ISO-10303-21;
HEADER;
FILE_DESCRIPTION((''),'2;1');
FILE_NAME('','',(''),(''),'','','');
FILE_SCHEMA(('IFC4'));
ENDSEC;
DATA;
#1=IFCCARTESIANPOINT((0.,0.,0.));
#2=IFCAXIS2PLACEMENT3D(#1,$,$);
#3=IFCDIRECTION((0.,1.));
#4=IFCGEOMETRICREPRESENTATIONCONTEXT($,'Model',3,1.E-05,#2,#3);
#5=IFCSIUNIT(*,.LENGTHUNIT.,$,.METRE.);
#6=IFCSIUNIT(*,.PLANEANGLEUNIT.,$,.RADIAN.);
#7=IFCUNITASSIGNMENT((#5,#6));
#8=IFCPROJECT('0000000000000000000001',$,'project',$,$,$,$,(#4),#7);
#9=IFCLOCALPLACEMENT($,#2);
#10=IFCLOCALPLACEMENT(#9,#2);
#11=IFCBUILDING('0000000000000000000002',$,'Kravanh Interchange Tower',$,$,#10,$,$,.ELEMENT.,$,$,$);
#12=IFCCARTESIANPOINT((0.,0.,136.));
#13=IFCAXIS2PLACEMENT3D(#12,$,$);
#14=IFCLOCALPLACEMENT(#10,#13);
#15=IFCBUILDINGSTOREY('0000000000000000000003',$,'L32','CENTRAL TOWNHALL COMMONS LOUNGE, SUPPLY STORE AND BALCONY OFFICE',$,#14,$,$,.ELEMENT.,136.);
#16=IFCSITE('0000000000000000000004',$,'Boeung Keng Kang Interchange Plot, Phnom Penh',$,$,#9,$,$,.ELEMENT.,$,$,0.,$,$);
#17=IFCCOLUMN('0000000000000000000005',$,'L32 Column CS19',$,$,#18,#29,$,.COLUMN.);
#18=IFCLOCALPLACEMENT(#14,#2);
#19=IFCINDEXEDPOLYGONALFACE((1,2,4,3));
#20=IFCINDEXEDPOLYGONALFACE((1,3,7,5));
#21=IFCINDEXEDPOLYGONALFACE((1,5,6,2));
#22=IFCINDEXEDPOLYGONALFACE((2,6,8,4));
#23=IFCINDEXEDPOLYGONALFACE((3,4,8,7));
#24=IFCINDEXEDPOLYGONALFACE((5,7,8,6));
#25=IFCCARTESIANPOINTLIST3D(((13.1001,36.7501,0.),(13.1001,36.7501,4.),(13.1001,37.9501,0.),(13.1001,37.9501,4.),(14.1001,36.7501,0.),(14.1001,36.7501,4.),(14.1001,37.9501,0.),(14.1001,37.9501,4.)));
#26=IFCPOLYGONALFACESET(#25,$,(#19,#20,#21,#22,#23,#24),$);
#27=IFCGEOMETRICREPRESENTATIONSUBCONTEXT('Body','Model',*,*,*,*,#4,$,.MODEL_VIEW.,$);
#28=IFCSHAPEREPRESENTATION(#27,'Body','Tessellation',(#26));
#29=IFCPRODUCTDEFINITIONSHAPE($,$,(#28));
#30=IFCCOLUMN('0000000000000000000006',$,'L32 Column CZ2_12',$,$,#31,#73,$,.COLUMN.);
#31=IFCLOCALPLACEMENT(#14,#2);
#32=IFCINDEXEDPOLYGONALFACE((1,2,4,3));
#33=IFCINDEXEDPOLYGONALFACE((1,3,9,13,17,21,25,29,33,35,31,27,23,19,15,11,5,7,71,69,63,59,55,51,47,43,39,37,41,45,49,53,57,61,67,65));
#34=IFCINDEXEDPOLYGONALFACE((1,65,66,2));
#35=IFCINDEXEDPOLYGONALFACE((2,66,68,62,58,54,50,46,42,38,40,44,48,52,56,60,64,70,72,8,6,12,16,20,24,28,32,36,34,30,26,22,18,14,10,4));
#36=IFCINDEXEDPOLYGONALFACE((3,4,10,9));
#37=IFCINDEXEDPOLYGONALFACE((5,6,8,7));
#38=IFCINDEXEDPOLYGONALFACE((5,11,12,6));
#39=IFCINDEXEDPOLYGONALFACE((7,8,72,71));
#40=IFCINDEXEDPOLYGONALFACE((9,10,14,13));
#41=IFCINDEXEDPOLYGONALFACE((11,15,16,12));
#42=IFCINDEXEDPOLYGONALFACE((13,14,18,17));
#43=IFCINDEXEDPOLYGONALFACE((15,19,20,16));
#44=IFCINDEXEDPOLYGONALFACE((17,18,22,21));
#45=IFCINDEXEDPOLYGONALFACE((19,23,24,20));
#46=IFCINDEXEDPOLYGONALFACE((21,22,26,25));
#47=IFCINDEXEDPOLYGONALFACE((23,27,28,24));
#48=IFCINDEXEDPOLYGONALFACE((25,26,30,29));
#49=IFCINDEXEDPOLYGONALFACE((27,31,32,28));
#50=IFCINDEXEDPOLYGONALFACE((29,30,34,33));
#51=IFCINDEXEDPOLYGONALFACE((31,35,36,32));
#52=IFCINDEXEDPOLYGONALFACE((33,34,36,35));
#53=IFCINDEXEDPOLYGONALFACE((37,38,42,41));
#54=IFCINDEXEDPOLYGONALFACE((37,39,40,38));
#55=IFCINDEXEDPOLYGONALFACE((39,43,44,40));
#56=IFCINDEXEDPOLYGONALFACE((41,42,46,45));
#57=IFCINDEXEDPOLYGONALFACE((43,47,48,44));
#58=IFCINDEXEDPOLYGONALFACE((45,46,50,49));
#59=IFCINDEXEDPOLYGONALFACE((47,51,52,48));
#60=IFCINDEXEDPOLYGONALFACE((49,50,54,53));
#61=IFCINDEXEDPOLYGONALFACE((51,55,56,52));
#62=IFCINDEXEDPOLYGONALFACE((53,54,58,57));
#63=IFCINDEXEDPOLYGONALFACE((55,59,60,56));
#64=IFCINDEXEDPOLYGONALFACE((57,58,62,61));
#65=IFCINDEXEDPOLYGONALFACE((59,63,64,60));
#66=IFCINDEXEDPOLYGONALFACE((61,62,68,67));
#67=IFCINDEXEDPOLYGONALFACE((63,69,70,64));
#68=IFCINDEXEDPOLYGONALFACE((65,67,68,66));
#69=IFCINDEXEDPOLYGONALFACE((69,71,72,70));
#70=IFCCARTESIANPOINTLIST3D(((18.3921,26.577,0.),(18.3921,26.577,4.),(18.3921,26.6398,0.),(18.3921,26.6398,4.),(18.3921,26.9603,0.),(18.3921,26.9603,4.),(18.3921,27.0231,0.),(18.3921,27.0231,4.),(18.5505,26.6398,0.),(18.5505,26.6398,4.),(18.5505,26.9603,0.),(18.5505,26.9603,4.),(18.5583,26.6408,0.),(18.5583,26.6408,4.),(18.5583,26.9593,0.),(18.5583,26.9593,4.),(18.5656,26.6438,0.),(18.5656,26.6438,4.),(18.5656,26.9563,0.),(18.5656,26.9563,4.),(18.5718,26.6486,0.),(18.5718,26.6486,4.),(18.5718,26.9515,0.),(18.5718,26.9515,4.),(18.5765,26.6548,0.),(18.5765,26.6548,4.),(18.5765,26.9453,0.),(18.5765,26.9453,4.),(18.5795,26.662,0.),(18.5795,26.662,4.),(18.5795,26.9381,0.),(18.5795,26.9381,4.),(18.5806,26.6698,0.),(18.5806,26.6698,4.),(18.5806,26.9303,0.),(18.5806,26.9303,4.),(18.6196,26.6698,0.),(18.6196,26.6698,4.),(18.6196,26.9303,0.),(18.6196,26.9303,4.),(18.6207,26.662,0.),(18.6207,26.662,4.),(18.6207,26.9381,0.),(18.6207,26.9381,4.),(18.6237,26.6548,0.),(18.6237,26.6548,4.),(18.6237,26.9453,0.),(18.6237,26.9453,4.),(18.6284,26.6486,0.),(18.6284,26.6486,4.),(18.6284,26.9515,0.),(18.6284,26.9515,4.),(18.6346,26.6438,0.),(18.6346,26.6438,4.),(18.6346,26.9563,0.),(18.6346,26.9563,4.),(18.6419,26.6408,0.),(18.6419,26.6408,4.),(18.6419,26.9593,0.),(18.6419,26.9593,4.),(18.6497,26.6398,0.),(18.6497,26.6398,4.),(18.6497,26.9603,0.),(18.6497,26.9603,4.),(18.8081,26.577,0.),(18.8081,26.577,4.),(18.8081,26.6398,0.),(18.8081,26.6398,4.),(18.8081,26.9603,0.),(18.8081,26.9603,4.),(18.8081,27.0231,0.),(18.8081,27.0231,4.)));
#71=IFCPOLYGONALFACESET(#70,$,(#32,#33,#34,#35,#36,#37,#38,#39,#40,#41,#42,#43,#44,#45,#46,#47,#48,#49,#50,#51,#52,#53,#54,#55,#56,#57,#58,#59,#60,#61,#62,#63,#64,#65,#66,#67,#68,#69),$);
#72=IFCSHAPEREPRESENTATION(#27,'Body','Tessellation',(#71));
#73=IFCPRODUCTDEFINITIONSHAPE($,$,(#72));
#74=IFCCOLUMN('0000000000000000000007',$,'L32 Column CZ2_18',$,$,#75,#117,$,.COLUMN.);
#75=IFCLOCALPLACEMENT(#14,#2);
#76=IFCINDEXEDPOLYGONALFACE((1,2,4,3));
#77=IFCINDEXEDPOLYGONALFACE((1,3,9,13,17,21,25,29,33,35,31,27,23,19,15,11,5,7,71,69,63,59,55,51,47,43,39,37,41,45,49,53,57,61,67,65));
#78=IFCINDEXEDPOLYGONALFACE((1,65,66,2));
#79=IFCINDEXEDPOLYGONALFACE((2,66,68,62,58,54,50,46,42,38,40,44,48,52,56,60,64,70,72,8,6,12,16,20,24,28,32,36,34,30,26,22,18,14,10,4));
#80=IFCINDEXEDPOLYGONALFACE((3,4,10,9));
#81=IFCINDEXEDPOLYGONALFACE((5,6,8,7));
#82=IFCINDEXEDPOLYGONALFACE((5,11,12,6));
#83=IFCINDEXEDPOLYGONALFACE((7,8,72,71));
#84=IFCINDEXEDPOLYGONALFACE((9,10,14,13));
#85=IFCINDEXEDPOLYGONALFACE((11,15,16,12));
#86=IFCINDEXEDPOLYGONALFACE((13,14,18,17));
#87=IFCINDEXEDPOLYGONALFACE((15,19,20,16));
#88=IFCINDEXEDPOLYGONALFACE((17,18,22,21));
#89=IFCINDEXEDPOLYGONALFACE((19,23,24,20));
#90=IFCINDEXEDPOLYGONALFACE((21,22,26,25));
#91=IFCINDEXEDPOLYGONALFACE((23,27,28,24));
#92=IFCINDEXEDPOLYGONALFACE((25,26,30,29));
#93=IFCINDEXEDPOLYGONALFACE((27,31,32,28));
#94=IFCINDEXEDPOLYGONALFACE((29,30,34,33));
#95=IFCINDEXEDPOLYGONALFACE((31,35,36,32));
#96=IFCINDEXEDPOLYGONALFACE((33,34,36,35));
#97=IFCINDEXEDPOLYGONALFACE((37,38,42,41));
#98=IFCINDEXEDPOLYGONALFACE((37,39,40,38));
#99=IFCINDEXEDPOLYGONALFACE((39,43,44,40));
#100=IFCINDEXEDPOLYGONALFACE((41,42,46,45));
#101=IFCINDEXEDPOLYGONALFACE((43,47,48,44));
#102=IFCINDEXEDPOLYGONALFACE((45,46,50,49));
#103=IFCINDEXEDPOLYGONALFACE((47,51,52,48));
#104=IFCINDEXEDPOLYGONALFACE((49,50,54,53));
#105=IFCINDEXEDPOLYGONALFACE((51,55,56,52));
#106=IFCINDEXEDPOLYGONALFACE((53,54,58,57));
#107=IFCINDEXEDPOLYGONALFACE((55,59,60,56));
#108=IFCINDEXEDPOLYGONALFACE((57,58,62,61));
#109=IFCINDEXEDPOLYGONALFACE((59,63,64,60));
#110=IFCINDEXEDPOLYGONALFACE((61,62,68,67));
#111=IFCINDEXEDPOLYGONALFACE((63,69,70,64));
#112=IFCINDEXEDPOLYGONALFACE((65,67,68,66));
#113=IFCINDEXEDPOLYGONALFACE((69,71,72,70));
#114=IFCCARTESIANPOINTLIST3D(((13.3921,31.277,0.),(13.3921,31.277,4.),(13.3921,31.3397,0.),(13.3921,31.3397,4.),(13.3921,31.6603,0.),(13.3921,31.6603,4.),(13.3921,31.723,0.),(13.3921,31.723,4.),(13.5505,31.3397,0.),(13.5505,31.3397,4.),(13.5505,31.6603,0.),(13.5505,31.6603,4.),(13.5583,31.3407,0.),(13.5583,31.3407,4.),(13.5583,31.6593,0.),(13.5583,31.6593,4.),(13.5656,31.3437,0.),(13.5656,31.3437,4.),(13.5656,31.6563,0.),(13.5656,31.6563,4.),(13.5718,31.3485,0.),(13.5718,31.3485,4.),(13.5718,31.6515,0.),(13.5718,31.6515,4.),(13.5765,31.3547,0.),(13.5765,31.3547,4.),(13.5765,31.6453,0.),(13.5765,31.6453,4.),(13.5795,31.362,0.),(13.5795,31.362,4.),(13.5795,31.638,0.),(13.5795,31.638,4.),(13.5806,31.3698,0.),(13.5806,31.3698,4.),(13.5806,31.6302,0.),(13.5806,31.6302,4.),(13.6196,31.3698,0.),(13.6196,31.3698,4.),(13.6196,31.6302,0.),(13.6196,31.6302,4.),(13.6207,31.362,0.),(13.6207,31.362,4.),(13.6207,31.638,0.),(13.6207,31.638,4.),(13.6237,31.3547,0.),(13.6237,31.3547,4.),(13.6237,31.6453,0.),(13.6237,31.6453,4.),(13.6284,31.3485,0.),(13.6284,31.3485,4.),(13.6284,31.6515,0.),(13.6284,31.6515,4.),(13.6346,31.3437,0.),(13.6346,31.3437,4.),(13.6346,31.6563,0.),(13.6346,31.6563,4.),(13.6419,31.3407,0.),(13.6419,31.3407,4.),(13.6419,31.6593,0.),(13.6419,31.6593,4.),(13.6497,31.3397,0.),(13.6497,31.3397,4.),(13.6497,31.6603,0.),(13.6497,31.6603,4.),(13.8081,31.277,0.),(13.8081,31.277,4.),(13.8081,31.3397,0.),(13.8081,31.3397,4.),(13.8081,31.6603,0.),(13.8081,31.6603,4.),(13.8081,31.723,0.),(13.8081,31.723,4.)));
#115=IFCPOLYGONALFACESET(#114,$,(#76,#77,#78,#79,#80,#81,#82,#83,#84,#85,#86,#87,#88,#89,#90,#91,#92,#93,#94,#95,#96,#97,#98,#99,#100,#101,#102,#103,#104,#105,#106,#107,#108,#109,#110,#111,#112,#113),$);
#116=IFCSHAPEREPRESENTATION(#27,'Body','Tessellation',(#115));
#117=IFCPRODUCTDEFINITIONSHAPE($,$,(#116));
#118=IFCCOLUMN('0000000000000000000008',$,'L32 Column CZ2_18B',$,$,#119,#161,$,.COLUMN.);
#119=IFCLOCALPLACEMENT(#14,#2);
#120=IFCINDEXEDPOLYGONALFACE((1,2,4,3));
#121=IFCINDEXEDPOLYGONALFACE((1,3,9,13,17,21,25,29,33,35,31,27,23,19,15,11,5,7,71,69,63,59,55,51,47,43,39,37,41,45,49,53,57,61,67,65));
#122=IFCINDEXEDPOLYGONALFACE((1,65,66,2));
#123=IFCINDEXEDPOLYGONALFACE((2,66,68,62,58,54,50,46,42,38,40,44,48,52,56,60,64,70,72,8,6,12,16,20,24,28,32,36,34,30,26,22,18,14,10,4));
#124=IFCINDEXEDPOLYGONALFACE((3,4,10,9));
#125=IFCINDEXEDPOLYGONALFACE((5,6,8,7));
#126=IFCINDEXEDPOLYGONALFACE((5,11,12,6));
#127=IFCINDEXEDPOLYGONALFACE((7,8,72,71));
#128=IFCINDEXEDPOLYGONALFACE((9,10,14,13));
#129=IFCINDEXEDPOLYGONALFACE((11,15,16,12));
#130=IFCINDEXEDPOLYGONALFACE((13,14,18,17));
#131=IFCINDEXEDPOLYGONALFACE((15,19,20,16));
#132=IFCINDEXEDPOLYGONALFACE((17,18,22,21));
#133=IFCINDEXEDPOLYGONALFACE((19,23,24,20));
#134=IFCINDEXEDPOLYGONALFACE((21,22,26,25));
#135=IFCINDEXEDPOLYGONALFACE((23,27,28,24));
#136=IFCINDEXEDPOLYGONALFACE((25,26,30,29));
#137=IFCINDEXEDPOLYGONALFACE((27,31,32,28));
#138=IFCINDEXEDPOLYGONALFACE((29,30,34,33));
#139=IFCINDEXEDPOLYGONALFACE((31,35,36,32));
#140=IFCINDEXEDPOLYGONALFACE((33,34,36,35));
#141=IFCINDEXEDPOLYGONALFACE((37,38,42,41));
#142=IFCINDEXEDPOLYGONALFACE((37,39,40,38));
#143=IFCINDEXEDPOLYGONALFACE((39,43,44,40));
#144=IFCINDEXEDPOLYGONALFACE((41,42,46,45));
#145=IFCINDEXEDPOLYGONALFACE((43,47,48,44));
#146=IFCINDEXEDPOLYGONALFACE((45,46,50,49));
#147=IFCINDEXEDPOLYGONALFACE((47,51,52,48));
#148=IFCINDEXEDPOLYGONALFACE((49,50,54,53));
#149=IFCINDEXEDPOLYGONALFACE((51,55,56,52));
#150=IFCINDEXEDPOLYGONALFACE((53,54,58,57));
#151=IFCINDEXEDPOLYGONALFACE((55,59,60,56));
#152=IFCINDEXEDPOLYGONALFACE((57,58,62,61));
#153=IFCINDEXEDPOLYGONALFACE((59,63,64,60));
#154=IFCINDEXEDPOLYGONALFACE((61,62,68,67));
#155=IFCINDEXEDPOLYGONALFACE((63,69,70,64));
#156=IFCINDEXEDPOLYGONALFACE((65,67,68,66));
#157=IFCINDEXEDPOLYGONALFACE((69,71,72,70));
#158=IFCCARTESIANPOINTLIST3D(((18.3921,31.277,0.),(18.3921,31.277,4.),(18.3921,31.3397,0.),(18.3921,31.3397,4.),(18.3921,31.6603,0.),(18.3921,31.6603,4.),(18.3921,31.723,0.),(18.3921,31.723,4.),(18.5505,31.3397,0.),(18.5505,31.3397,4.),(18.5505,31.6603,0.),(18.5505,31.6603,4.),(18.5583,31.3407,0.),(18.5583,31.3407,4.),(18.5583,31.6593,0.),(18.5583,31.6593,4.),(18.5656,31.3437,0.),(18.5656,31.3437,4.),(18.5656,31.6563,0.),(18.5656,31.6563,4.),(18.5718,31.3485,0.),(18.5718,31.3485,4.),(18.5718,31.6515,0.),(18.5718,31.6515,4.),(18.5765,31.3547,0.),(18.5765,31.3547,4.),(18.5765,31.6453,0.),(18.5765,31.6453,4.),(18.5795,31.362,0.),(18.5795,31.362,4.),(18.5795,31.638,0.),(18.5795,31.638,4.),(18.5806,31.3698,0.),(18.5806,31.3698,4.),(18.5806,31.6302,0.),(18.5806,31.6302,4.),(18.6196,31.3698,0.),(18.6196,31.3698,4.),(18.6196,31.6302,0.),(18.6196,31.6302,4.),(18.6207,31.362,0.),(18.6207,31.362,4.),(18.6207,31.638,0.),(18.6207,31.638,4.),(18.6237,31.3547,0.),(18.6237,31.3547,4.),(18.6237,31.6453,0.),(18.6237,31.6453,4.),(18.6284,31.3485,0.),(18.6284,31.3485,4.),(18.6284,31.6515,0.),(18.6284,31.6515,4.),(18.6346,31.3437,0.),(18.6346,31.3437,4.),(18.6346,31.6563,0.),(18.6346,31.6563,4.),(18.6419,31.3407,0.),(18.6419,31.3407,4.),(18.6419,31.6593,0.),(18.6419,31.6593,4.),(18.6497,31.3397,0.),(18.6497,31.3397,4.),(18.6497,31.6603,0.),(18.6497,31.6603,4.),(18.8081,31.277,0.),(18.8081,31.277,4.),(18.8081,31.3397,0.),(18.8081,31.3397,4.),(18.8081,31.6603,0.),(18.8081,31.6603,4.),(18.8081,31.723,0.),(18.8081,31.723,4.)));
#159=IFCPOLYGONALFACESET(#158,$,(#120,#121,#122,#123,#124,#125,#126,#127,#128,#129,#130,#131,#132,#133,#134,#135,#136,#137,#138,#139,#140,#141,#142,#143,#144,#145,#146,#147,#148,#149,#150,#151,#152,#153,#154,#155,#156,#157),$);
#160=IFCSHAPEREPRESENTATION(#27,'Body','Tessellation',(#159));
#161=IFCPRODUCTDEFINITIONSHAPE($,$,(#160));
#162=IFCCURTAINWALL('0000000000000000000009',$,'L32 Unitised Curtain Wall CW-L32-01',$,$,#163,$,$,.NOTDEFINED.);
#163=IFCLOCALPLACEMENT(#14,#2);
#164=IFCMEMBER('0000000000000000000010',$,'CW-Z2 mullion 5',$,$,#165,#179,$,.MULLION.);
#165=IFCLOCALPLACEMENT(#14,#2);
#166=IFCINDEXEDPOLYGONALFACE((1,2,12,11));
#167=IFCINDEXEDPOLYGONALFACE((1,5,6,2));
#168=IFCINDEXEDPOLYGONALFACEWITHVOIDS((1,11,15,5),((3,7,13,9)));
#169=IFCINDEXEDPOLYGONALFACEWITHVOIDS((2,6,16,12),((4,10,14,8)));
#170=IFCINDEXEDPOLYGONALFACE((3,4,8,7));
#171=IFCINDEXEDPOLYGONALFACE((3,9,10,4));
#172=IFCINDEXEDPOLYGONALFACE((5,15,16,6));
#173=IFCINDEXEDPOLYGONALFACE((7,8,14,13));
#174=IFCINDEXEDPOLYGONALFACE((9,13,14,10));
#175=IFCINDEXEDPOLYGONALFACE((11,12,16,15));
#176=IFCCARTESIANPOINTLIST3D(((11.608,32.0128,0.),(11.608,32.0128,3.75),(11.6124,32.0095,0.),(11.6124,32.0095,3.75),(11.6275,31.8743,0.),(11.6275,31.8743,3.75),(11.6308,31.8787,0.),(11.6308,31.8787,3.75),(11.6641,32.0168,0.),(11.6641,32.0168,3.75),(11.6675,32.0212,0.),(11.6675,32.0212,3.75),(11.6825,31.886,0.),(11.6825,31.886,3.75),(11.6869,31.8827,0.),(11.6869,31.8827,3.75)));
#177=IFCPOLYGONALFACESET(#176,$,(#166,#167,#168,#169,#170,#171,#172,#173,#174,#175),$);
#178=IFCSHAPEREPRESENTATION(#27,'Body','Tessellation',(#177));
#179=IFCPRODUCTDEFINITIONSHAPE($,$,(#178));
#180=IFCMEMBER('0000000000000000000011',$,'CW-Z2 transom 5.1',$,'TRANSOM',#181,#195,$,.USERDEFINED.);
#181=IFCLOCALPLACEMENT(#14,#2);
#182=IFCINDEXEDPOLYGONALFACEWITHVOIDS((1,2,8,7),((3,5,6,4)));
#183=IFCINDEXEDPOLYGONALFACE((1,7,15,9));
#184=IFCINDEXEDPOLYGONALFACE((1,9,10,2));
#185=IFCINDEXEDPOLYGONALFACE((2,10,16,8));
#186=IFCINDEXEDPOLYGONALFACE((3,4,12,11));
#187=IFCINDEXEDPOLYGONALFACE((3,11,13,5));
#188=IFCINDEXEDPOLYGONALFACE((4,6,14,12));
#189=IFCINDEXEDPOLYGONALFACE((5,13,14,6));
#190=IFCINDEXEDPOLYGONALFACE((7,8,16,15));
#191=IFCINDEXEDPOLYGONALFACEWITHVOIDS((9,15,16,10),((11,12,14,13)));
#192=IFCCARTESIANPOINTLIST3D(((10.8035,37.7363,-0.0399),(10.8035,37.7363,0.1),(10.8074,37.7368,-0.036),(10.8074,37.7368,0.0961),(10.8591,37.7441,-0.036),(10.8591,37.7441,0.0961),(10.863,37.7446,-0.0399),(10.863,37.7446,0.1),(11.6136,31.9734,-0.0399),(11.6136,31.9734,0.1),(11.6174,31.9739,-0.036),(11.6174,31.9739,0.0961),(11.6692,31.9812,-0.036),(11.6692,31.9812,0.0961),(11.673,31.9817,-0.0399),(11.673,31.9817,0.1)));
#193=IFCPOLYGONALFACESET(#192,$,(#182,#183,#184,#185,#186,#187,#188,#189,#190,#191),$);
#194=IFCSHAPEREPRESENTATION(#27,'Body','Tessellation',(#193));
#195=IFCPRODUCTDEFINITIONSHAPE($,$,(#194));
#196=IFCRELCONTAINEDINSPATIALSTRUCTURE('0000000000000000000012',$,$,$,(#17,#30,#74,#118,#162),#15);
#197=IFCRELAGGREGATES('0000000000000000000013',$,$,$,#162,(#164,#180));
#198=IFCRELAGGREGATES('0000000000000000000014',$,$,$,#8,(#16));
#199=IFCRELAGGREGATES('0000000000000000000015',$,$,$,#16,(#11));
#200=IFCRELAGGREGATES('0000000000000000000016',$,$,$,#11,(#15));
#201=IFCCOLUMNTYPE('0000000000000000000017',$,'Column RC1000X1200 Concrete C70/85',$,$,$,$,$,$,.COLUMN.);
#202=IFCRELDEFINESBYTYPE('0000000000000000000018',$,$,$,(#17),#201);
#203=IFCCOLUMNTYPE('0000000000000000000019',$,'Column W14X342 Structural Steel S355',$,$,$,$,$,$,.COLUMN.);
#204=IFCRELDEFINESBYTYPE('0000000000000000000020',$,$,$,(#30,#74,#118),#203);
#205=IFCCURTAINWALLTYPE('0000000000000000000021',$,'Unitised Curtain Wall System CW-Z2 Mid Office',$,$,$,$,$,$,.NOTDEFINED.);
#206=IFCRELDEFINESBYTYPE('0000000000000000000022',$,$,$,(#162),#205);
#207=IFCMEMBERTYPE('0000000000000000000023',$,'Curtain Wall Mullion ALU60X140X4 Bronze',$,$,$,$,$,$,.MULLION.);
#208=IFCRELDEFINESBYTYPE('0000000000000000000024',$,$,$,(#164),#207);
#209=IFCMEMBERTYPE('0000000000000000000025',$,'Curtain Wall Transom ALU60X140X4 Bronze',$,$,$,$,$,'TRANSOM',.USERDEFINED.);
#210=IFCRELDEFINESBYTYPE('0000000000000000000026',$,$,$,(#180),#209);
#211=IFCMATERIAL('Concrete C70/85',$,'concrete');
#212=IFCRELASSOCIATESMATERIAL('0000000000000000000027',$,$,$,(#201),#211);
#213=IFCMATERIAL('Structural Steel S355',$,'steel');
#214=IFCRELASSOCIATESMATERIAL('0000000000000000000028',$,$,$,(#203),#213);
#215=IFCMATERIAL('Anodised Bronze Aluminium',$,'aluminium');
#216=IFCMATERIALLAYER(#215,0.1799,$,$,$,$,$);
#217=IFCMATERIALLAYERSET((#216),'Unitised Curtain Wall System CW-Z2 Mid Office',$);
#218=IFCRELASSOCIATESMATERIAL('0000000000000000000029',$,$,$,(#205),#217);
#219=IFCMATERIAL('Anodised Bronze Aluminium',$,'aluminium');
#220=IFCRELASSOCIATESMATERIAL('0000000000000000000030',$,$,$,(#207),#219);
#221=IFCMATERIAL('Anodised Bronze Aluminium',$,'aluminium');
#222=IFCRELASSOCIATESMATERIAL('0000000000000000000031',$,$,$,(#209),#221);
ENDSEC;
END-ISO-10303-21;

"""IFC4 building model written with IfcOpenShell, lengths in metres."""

from ifc_helpers import new_model, si_unit, direction, frame, origin, origin_2d, place, context, subcontext, project, spatial, rectangle, hollow_rectangle, i_section, extrude, material, layer, layer_set, material_profile, profile_set, type_object, element, aggregate, save


model = new_model("IFC4")

# Units and contexts
model_context = context("Model", 3, precision=1e-05, world=origin(), true_north=direction((0.0, 1.0)))
body_context = subcontext(model_context, "Body", "Model", "MODEL_VIEW")
ifc_project = project(units=[si_unit("LENGTHUNIT", "METRE"), si_unit("PLANEANGLEUNIT", "RADIAN")], contexts=[model_context])

# Site, building, storey
site_placement = place(None, origin())
site = spatial("IfcSite", under=ifc_project, at=site_placement, Name="Boeung Keng Kang Interchange Plot, Phnom Penh", CompositionType="ELEMENT", RefElevation=0.0)
building_placement = place(site_placement, origin())
building = spatial("IfcBuilding", under=site, at=building_placement, Name="Kravanh Interchange Tower", CompositionType="ELEMENT")
storey_placement = place(building_placement, frame((0.0, 0.0, 136.0)))
storey = spatial("IfcBuildingStorey", under=building, at=storey_placement, Name="L32", Description="CENTRAL TOWNHALL COMMONS LOUNGE, SUPPLY STORE AND BALCONY OFFICE", CompositionType="ELEMENT", Elevation=136.0)

# Columns
ifc_material_1 = material(Name="Concrete C70/85", Category="concrete")
ifc_material_profile_1 = material_profile(ifc_material_1, rectangle(XDim=1.0, YDim=1.2, at=origin_2d()), Name="RC1000X1200")
ifc_profile_set_1 = profile_set([ifc_material_profile_1], Name="Concrete C70/85")
column_type_1 = type_object("IfcColumnType", Name="Column RC1000X1200 Concrete C70/85", PredefinedType="COLUMN", material=ifc_profile_set_1)
column_placement = place(storey_placement, frame((13.6001, 37.3501, 0.0), z_axis=(0.0, 0.0, 1.0), x_axis=(1.0, 0.0, 0.0)))
element("IfcColumn", 1, at=column_placement, inside=storey, type_object=column_type_1, Name="L32 Column CS19", PredefinedType="COLUMN", context=body_context, shape_type="SweptSolid", body=[
    extrude(rectangle(XDim=1.0, YDim=1.2, at=origin_2d()), origin(), (0.0, 0.0, 1.0), 4.0),
])
ifc_material_2 = material(Name="Structural Steel S355", Category="steel")
ifc_material_profile_2 = material_profile(ifc_material_2, i_section(OverallWidth=0.416, OverallDepth=0.446, WebThickness=0.0391, FlangeThickness=0.0627, FilletRadius=0.03, at=origin_2d()), Name="W14X342")
ifc_profile_set_2 = profile_set([ifc_material_profile_2], Name="Structural Steel S355")
column_type_2 = type_object("IfcColumnType", Name="Column W14X342 Structural Steel S355", PredefinedType="COLUMN", material=ifc_profile_set_2)
for number, where, z_axis, x_axis, name in (
    (2, (18.6001, 26.8, 0.0), (0.0, 0.0, 1.0), (1.0, 0.0, 0.0), "L32 Column CZ2_12"),
    (3, (13.6001, 31.5, 0.0), (0.0, 0.0, 1.0), (1.0, 0.0, 0.0), "L32 Column CZ2_18"),
    (4, (18.6001, 31.5, 0.0), (0.0, 0.0, 1.0), (1.0, 0.0, 0.0), "L32 Column CZ2_18B"),
):
    element("IfcColumn", number, at=place(storey_placement, frame(where, z_axis=z_axis, x_axis=x_axis)), inside=storey, type_object=column_type_2, Name=name, PredefinedType="COLUMN", context=body_context, shape_type="SweptSolid", body=[
        extrude(i_section(OverallWidth=0.416, OverallDepth=0.446, WebThickness=0.0391, FlangeThickness=0.0627, FilletRadius=0.03, at=origin_2d()), origin(), (0.0, 0.0, 1.0), 4.0),
    ])

# Curtain wall, members
ifc_material_3 = material(Name="Anodised Bronze Aluminium", Category="aluminium")
ifc_layer_1 = layer(ifc_material_3, 0.1799)
ifc_layer_set_1 = layer_set([ifc_layer_1], Name="Unitised Curtain Wall System CW-Z2 Mid Office")
curtain_wall_type = type_object("IfcCurtainWallType", Name="Unitised Curtain Wall System CW-Z2 Mid Office", PredefinedType="NOTDEFINED", material=ifc_layer_set_1)
curtain_wall_placement = place(storey_placement, origin())
curtain_wall = element("IfcCurtainWall", 5, at=curtain_wall_placement, inside=storey, type_object=curtain_wall_type, Name="L32 Unitised Curtain Wall CW-L32-01", PredefinedType="NOTDEFINED")
ifc_material_4 = material(Name="Anodised Bronze Aluminium", Category="aluminium")
ifc_material_profile_3 = material_profile(ifc_material_4, hollow_rectangle(XDim=0.0601, YDim=0.1399, WallThickness=0.0039, at=origin_2d()), Name="ALU60X140X4")
ifc_profile_set_3 = profile_set([ifc_material_profile_3], Name="Anodised Bronze Aluminium")
member_type_1 = type_object("IfcMemberType", Name="Curtain Wall Mullion ALU60X140X4 Bronze", PredefinedType="MULLION", material=ifc_profile_set_3)
member_1_placement = place(storey_placement, frame((11.6475, 31.9478, 0.0), z_axis=(0.0, 0.0, 1.0), x_axis=(-0.990268, -0.139173, 0.0)))
member_1 = element("IfcMember", 6, at=member_1_placement, type_object=member_type_1, Name="CW-Z2 mullion 5", PredefinedType="MULLION", context=body_context, shape_type="SweptSolid", body=[
    extrude(hollow_rectangle(XDim=0.0601, YDim=0.1399, WallThickness=0.0039, at=origin_2d()), origin(), (0.0, 0.0, 1.0), 3.75),
])
ifc_material_5 = material(Name="Anodised Bronze Aluminium", Category="aluminium")
ifc_material_profile_4 = material_profile(ifc_material_5, hollow_rectangle(XDim=0.0601, YDim=0.1399, WallThickness=0.0039, at=origin_2d()), Name="ALU60X140X4")
ifc_profile_set_4 = profile_set([ifc_material_profile_4], Name="Anodised Bronze Aluminium")
member_type_2 = type_object("IfcMemberType", Name="Curtain Wall Transom ALU60X140X4 Bronze", ElementType="TRANSOM", PredefinedType="USERDEFINED", material=ifc_profile_set_4)
member_2_placement = place(storey_placement, frame((11.6433, 31.9775, 0.03), z_axis=(-0.139195, 0.990265, 0.0), x_axis=(-0.990265, -0.139195, 0.0)))
member_2 = element("IfcMember", 7, at=member_2_placement, type_object=member_type_2, Name="CW-Z2 transom 5.1", ObjectType="TRANSOM", PredefinedType="USERDEFINED", context=body_context, shape_type="SweptSolid", body=[
    extrude(hollow_rectangle(XDim=0.0601, YDim=0.1399, WallThickness=0.0039, at=origin_2d()), origin(), (0.0, 0.0, 1.0), 5.8196),
])

aggregate(curtain_wall, [member_1, member_2])

save(model, "model.ifc")
